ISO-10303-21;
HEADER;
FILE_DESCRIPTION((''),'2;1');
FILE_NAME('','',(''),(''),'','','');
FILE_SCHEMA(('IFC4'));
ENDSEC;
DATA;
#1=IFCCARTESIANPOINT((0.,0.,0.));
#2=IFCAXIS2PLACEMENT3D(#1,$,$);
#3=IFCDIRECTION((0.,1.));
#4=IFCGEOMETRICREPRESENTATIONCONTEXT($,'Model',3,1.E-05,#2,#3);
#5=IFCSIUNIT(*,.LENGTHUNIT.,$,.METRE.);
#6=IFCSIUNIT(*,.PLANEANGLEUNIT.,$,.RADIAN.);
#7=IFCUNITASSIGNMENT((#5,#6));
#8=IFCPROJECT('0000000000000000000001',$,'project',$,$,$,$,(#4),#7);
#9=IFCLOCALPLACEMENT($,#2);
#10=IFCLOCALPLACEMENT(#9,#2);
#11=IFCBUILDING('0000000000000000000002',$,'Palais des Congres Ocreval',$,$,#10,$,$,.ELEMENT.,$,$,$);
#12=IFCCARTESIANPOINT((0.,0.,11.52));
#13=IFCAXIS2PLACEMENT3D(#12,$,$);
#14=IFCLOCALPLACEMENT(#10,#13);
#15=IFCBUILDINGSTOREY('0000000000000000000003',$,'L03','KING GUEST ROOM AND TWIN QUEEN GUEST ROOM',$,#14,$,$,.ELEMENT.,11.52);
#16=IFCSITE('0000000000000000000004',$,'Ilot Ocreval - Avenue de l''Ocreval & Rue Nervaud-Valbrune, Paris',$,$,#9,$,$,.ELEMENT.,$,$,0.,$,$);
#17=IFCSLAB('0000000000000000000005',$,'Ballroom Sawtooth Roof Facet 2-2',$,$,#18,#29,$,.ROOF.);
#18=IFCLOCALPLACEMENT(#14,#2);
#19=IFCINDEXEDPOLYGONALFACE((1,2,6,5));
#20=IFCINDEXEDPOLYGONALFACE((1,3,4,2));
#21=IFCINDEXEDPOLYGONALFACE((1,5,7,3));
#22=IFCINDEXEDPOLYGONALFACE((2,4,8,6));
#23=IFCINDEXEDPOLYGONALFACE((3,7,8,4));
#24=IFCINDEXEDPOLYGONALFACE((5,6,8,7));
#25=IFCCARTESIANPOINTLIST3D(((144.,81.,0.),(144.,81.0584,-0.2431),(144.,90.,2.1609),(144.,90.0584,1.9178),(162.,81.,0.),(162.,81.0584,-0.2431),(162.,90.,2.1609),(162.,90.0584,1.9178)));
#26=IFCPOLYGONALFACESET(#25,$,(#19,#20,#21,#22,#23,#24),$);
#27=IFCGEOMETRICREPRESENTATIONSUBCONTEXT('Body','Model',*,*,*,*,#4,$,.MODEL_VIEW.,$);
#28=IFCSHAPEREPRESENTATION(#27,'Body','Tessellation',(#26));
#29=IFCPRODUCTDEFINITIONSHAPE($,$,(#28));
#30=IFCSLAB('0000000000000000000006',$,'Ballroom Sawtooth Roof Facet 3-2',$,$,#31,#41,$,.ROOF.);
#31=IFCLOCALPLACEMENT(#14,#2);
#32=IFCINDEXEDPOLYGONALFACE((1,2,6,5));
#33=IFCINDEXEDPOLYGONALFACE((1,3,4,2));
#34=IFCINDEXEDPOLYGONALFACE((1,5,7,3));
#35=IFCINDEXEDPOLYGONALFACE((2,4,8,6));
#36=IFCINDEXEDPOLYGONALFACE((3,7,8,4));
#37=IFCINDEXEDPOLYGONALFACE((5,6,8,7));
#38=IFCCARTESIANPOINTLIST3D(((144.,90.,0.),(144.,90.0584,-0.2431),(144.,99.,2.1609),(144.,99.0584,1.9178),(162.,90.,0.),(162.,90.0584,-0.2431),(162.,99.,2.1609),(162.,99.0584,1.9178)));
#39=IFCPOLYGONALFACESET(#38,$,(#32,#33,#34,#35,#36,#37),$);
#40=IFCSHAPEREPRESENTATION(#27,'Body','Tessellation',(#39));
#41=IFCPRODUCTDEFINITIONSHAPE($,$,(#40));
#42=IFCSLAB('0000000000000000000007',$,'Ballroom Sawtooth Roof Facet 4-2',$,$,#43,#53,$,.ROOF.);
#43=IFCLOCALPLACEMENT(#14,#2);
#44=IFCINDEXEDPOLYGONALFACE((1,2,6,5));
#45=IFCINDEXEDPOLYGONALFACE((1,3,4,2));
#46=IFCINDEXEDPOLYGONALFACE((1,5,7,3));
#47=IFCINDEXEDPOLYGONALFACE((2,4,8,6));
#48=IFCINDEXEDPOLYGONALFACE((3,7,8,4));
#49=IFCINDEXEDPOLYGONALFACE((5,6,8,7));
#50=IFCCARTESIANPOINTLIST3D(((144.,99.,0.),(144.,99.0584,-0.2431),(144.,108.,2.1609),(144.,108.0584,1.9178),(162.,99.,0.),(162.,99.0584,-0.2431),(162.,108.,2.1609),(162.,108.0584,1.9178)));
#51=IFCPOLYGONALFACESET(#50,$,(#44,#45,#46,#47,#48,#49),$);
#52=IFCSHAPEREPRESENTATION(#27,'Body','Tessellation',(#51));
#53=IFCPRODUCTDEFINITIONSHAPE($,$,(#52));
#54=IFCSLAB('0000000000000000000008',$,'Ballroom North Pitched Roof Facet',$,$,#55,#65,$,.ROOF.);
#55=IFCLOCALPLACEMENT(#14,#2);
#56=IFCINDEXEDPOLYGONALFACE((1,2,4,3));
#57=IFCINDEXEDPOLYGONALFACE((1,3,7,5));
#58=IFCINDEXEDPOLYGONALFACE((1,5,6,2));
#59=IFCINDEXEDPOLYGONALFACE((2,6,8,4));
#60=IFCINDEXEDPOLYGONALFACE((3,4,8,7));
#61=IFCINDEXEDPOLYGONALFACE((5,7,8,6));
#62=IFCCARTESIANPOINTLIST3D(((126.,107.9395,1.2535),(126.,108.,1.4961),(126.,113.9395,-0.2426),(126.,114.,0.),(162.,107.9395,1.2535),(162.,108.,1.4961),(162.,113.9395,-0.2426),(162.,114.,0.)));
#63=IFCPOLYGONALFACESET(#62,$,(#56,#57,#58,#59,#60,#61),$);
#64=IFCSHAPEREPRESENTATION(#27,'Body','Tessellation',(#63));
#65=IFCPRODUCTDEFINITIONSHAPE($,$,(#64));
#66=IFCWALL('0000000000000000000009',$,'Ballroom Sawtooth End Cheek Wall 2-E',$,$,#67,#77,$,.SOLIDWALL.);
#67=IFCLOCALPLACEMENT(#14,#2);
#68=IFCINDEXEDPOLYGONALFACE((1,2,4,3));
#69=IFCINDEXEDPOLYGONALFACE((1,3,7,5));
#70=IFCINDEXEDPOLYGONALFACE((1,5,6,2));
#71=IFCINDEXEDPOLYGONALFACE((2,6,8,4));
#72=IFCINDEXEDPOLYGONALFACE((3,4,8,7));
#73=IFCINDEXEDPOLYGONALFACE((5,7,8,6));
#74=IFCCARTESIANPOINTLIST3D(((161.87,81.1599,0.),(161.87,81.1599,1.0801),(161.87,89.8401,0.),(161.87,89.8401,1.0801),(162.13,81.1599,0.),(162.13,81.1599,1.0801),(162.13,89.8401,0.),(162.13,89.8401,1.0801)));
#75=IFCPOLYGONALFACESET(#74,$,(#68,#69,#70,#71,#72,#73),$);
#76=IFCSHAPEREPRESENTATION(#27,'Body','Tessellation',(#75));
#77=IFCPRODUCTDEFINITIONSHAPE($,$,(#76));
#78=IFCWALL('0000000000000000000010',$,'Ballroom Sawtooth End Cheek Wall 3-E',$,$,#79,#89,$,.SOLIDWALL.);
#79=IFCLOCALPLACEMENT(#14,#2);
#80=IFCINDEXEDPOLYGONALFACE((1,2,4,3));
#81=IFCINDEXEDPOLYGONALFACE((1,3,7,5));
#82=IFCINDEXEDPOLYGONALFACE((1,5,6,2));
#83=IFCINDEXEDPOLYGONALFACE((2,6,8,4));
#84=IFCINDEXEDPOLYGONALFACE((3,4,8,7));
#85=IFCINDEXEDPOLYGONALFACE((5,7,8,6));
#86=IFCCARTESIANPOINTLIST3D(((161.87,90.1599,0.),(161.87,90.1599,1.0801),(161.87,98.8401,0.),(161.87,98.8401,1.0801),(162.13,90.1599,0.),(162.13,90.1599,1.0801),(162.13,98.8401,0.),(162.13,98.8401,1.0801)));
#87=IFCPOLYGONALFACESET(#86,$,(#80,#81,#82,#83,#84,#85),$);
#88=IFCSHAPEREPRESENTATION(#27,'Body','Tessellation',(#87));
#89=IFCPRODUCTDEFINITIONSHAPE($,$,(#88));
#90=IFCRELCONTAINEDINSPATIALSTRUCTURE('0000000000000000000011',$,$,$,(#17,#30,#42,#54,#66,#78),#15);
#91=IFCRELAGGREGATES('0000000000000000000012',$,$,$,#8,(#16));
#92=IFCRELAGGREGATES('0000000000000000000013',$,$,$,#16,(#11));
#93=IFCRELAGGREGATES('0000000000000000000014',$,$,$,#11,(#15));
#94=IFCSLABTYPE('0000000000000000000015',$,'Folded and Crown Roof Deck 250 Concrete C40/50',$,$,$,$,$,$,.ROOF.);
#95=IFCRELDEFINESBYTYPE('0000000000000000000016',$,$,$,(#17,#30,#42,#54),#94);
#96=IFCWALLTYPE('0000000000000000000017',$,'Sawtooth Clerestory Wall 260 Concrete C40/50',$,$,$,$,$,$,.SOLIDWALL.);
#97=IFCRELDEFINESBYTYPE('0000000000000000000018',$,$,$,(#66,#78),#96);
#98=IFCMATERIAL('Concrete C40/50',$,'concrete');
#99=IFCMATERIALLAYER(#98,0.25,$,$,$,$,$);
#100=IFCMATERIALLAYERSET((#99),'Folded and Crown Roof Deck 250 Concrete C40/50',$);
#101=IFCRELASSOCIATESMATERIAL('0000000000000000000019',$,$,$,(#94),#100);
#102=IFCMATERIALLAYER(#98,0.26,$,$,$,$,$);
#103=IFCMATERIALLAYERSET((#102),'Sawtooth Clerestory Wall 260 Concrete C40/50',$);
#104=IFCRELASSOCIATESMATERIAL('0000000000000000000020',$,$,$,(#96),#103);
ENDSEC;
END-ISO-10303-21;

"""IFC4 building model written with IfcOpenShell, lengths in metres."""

from ifc_helpers import new_model, si_unit, direction, frame, frame_2d, origin, place, context, subcontext, project, spatial, polyline, rectangle, outline, extrude, material, layer, layer_set, type_object, element, save


model = new_model("IFC4")

# Units and contexts
model_context = context("Model", 3, precision=1e-05, world=origin(), true_north=direction((0.0, 1.0)))
body_context = subcontext(model_context, "Body", "Model", "MODEL_VIEW")
ifc_project = project(units=[si_unit("LENGTHUNIT", "METRE"), si_unit("PLANEANGLEUNIT", "RADIAN")], contexts=[model_context])

# Site, building, storey
site_placement = place(None, origin())
site = spatial("IfcSite", under=ifc_project, at=site_placement, Name="Ilot Ocreval - Avenue de l'Ocreval & Rue Nervaud-Valbrune, Paris", CompositionType="ELEMENT", RefElevation=0.0)
building_placement = place(site_placement, origin())
building = spatial("IfcBuilding", under=site, at=building_placement, Name="Palais des Congres Ocreval", CompositionType="ELEMENT")
storey_placement = place(building_placement, frame((0.0, 0.0, 11.52)))
storey = spatial("IfcBuildingStorey", under=building, at=storey_placement, Name="L03", Description="KING GUEST ROOM AND TWIN QUEEN GUEST ROOM", CompositionType="ELEMENT", Elevation=11.52)

# Slabs
ifc_material_1 = material(Name="Concrete C40/50", Category="concrete")
ifc_layer_1 = layer(ifc_material_1, 0.25)
ifc_layer_set_1 = layer_set([ifc_layer_1], Name="Folded and Crown Roof Deck 250 Concrete C40/50")
slab_type = type_object("IfcSlabType", Name="Folded and Crown Roof Deck 250 Concrete C40/50", PredefinedType="ROOF", material=ifc_layer_set_1)
for number, where, z_axis, x_axis, name in (
    (1, (144.0, 81.0, 0.0), (0.0, -0.233464, 0.972366), (1.0, 0.0, 0.0), "Ballroom Sawtooth Roof Facet 2-2"),
    (2, (144.0, 90.0, 0.0), (0.0, -0.233464, 0.972366), (1.0, 0.0, 0.0), "Ballroom Sawtooth Roof Facet 3-2"),
    (3, (144.0, 99.0, 0.0), (0.0, -0.233464, 0.972366), (1.0, 0.0, 0.0), "Ballroom Sawtooth Roof Facet 4-2"),
):
    element("IfcSlab", number, at=place(storey_placement, frame(where, z_axis=z_axis, x_axis=x_axis)), inside=storey, type_object=slab_type, Name=name, PredefinedType="ROOF", context=body_context, shape_type="SweptSolid", body=[
        extrude(outline(polyline([(0.0, 0.0), (18.0, 0.0), (18.0, 9.2558), (0.0, 9.2558), (0.0, 0.0)])), origin(), (0.0, 0.0, -1.0), 0.25),
    ])
slab_placement = place(storey_placement, frame((126.0, 108.0, 1.4961), z_axis=(0.0, 0.241941, 0.970291), x_axis=(1.0, 0.0, 0.0)))
element("IfcSlab", 4, at=slab_placement, inside=storey, type_object=slab_type, Name="Ballroom North Pitched Roof Facet", PredefinedType="ROOF", context=body_context, shape_type="SweptSolid", body=[
    extrude(outline(polyline([(0.0, 0.0), (36.0, 0.0), (36.0, 6.1837), (0.0, 6.1837), (0.0, 0.0)])), origin(), (0.0, 0.0, -1.0), 0.25),
])

# Walls
ifc_layer_2 = layer(ifc_material_1, 0.26)
ifc_layer_set_2 = layer_set([ifc_layer_2], Name="Sawtooth Clerestory Wall 260 Concrete C40/50")
wall_type = type_object("IfcWallType", Name="Sawtooth Clerestory Wall 260 Concrete C40/50", PredefinedType="SOLIDWALL", material=ifc_layer_set_2)
for number, where, z_axis, x_axis, name in (
    (5, (162.0, 81.1599, 0.0), (0.0, 0.0, 1.0), (0.0, 1.0, 0.0), "Ballroom Sawtooth End Cheek Wall 2-E"),
    (6, (162.0, 90.1599, 0.0), (0.0, 0.0, 1.0), (0.0, 1.0, 0.0), "Ballroom Sawtooth End Cheek Wall 3-E"),
):
    element("IfcWall", number, at=place(storey_placement, frame(where, z_axis=z_axis, x_axis=x_axis)), inside=storey, type_object=wall_type, Name=name, PredefinedType="SOLIDWALL", context=body_context, shape_type="SweptSolid", body=[
        extrude(rectangle(XDim=8.6802, YDim=0.26, at=frame_2d((4.3401, 0.0))), origin(), (0.0, 0.0, 1.0), 1.0801),
    ])

save(model, "model.ifc")
